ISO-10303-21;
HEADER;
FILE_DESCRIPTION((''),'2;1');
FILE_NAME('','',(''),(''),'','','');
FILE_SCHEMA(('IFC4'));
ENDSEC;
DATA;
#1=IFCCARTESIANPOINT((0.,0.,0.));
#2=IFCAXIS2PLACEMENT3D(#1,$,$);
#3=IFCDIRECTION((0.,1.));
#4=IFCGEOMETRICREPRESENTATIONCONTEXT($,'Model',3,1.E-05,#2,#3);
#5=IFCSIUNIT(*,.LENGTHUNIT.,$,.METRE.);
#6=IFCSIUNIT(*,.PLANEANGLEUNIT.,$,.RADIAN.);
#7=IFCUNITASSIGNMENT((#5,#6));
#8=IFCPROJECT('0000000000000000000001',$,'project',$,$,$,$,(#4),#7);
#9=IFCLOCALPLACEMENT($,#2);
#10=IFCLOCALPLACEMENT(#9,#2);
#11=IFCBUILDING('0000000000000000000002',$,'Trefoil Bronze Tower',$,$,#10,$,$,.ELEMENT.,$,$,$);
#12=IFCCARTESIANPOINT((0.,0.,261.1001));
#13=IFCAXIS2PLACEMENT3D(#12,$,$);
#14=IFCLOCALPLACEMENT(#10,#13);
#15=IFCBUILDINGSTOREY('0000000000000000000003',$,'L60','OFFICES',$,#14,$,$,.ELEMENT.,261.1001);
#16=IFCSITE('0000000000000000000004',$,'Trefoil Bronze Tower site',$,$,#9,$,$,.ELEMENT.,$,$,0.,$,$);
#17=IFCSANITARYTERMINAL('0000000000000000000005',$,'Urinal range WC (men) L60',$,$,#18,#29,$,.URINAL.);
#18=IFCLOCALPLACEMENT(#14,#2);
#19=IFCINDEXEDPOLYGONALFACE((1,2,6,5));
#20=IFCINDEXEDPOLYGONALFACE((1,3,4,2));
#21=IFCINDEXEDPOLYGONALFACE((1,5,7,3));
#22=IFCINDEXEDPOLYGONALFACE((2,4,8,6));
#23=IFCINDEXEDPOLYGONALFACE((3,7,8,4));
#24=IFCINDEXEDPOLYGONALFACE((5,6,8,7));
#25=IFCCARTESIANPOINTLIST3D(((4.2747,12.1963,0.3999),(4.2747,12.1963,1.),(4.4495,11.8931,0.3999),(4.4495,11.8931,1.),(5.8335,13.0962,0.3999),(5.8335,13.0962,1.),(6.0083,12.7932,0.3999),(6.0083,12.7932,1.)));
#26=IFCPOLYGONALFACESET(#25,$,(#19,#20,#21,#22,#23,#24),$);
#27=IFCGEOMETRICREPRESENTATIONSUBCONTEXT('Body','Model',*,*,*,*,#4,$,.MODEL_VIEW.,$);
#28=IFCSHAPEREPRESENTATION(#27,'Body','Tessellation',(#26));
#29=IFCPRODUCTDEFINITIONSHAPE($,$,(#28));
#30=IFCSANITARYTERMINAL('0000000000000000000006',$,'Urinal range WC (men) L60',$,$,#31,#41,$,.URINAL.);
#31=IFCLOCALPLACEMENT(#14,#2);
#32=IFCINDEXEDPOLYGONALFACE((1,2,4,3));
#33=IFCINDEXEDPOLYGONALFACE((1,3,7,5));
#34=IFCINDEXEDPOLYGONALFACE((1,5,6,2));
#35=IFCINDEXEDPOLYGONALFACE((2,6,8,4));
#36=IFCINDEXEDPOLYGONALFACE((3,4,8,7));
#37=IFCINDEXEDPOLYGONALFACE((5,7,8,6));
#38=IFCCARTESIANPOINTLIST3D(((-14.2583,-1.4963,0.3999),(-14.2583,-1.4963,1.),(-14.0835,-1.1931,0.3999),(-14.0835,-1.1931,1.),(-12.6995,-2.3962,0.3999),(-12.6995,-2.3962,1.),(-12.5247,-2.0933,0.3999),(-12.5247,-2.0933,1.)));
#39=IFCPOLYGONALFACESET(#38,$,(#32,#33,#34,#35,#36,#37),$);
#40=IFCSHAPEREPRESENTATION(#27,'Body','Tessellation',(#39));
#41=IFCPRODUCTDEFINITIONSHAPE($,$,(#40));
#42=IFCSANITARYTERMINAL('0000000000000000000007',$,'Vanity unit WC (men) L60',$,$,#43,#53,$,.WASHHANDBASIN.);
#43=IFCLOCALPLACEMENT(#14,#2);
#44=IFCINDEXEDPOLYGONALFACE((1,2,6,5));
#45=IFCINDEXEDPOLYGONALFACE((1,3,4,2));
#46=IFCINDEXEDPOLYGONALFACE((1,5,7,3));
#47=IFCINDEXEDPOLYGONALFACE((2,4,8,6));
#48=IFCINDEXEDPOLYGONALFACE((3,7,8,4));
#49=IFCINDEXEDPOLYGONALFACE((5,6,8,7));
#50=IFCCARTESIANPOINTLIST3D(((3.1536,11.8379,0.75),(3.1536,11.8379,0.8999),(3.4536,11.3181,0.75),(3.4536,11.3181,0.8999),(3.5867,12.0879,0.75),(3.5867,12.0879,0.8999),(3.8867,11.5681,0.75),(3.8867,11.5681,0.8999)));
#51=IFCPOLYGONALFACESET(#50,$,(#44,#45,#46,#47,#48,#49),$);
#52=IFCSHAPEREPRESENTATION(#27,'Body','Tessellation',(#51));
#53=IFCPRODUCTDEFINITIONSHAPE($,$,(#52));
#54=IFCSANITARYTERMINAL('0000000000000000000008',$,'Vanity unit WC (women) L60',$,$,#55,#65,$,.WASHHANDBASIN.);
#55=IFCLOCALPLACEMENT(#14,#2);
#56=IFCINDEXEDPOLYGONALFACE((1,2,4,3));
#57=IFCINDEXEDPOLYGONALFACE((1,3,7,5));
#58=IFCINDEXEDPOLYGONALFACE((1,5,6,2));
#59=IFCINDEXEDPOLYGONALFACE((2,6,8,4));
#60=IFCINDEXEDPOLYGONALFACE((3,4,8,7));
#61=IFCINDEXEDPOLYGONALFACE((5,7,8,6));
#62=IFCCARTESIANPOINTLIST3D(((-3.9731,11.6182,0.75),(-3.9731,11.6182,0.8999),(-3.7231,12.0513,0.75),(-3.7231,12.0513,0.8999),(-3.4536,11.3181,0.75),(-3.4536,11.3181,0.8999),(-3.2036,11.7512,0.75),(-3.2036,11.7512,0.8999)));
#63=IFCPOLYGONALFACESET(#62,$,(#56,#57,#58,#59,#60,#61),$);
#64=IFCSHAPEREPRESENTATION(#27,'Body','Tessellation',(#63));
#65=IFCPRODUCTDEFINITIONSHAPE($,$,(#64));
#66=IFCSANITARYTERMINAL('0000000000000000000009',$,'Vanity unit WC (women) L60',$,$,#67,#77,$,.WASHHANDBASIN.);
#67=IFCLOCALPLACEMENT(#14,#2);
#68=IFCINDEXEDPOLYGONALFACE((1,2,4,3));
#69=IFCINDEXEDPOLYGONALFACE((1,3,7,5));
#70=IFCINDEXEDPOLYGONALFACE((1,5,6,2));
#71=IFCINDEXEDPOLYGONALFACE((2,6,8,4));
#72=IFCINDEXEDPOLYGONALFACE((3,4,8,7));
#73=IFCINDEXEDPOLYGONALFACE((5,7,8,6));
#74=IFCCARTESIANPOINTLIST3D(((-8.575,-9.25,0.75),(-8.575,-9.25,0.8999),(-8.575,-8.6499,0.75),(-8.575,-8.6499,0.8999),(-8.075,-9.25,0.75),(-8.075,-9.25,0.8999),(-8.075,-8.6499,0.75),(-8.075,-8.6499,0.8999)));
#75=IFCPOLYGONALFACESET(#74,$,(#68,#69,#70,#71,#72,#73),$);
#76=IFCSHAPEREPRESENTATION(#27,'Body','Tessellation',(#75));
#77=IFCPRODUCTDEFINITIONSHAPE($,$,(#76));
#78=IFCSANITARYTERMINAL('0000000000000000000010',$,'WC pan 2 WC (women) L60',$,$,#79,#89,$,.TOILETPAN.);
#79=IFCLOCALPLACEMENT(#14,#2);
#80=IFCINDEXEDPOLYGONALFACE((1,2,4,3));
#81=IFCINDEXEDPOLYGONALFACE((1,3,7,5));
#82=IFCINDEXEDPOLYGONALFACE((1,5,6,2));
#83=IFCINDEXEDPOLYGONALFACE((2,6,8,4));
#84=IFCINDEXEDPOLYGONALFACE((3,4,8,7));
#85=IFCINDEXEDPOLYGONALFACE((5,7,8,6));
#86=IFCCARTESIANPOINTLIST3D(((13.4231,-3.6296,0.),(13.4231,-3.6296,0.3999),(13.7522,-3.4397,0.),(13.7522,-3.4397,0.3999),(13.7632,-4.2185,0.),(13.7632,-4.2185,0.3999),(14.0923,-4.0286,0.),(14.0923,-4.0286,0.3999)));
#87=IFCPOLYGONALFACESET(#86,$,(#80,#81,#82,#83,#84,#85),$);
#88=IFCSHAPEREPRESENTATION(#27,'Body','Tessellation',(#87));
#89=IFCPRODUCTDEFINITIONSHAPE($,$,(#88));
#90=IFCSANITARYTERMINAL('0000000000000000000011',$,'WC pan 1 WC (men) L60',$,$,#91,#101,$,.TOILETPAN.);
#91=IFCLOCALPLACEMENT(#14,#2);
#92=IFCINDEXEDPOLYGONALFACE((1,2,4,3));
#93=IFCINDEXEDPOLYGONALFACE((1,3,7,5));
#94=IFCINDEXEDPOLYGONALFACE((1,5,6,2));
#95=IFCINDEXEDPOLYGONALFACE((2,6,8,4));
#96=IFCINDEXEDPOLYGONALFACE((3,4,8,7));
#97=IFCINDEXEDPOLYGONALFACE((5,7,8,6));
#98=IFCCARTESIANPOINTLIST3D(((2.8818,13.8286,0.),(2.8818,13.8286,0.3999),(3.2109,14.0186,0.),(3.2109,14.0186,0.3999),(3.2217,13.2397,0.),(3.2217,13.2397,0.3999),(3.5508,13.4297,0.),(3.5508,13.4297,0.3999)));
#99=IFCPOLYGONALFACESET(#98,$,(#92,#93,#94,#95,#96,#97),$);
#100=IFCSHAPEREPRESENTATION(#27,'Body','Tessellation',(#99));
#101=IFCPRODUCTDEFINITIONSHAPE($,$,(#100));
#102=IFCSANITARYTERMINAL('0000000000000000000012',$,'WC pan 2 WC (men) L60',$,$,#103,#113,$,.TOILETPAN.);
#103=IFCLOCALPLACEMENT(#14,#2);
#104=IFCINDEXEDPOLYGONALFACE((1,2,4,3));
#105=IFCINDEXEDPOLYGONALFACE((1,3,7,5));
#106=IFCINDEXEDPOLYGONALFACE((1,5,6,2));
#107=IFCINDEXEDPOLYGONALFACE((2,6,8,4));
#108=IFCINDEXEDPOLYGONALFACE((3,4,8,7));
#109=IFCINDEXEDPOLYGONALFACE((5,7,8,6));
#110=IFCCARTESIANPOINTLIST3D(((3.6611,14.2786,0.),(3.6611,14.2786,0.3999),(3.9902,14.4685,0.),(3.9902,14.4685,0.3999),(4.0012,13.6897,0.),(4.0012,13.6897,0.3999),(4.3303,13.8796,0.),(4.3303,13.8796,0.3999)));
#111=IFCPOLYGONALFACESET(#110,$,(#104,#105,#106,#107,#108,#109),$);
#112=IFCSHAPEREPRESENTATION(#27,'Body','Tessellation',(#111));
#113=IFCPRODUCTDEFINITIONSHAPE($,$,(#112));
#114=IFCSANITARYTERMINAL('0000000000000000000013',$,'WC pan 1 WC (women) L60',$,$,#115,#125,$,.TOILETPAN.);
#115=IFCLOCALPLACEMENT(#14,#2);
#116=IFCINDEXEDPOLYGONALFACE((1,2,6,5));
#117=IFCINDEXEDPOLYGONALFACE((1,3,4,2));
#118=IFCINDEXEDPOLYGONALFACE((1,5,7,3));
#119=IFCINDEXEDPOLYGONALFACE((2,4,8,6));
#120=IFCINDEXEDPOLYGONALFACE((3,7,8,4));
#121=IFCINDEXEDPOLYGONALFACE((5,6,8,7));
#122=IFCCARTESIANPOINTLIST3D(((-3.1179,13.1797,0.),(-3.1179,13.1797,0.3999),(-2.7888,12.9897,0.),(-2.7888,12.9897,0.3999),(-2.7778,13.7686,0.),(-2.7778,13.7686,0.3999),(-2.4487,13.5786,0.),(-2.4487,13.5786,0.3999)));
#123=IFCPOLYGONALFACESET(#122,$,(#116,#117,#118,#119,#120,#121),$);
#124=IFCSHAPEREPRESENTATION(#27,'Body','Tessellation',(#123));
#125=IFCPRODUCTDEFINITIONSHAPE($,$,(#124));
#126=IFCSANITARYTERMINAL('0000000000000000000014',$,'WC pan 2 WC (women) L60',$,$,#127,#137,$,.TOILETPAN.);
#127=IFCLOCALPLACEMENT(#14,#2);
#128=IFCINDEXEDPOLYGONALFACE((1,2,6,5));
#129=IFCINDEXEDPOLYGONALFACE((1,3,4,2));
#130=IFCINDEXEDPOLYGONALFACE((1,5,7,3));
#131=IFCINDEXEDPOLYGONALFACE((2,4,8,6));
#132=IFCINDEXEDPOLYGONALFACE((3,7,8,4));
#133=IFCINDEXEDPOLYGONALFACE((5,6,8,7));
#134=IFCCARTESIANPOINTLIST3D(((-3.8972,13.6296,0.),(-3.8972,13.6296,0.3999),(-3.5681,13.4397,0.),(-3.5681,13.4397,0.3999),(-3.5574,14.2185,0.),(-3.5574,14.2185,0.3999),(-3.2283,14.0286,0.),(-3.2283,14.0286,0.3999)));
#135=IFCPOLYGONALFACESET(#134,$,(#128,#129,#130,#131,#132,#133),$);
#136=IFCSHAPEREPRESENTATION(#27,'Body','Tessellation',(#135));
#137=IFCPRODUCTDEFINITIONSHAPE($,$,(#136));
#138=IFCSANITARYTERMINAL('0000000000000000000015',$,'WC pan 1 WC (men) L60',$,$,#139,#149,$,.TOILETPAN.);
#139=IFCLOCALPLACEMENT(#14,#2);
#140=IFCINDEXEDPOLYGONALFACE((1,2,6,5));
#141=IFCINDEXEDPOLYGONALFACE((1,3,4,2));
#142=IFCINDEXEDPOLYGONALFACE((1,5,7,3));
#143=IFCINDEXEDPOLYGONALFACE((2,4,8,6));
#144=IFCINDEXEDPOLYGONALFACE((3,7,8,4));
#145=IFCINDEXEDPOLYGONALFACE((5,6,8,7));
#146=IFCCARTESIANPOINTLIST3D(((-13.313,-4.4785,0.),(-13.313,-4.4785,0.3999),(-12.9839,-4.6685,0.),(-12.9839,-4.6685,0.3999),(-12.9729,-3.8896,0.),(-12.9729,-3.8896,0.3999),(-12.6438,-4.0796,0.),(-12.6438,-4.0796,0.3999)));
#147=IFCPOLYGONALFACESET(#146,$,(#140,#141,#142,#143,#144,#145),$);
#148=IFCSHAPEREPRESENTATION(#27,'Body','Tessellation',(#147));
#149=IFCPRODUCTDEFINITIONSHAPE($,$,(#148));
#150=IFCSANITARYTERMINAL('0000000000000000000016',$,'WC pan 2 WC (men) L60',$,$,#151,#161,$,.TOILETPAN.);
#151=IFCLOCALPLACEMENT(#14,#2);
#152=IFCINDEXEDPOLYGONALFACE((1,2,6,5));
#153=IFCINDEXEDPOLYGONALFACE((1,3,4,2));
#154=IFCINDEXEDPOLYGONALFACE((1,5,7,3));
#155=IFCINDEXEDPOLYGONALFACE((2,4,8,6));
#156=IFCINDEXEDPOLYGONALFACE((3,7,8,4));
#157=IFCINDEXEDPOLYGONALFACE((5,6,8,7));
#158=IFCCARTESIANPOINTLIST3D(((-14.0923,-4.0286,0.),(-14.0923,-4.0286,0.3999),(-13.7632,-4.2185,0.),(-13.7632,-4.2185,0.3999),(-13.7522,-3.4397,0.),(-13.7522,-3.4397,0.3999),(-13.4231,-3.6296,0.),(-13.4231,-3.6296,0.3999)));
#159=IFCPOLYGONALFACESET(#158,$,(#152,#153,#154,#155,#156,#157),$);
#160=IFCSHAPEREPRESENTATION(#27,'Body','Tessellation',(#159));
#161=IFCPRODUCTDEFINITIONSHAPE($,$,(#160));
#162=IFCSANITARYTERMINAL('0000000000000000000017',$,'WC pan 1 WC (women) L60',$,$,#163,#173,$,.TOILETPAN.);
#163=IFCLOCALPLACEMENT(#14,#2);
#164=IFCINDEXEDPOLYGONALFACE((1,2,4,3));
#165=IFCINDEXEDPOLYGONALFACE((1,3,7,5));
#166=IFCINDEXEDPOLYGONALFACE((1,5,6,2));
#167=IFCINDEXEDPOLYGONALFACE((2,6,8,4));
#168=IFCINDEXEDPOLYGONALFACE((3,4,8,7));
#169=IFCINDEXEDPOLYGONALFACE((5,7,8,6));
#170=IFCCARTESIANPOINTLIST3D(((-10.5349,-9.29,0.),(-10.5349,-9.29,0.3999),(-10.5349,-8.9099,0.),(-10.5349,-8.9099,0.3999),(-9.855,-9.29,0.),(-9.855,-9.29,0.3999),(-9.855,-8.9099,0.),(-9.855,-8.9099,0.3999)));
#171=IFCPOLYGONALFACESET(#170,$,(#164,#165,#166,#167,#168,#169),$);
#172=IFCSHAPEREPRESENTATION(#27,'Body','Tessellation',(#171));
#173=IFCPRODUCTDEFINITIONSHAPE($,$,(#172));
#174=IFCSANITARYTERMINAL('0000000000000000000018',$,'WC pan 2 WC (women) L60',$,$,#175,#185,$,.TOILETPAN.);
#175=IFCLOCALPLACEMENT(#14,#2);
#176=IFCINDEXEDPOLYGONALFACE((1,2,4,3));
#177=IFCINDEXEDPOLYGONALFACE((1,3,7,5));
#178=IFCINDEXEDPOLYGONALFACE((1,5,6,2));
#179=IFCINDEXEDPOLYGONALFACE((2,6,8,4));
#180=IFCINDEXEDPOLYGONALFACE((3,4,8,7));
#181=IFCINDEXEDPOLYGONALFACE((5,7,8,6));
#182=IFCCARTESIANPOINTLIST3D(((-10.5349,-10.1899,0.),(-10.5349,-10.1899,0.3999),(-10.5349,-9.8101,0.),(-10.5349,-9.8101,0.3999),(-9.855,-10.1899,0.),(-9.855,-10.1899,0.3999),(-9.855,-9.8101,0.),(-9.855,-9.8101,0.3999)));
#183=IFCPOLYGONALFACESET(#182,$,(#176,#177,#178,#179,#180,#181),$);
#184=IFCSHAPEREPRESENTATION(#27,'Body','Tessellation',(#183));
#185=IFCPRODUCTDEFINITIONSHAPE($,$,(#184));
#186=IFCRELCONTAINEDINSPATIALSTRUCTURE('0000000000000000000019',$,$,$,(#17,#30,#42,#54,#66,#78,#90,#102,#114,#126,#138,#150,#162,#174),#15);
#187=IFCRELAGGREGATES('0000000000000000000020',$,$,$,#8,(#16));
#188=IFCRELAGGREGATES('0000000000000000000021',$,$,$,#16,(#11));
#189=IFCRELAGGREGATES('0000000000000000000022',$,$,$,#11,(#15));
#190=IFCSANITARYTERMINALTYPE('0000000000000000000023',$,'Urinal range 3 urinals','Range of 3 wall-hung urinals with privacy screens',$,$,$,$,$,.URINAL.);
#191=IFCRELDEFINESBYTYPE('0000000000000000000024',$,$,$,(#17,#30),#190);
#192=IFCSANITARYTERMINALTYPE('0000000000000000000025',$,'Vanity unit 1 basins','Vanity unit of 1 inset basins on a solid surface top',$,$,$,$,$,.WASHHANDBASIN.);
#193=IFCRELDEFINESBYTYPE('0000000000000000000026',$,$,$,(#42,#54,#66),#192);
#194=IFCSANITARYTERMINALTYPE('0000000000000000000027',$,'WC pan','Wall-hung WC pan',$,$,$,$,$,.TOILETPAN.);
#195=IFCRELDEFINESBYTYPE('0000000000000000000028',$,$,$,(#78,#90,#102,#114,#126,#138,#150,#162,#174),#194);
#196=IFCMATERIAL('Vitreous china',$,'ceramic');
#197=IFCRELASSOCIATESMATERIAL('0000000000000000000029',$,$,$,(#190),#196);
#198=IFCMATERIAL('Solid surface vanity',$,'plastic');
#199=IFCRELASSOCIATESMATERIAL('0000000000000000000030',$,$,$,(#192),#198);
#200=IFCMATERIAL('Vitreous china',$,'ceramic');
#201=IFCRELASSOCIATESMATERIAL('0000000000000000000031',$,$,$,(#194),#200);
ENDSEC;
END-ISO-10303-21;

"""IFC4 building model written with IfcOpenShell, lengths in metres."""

from ifc_helpers import new_model, si_unit, direction, frame, origin, place, context, subcontext, project, spatial, polyline, outline, extrude, material, type_object, element, save


model = new_model("IFC4")

# Units and contexts
model_context = context("Model", 3, precision=1e-05, world=origin(), true_north=direction((0.0, 1.0)))
body_context = subcontext(model_context, "Body", "Model", "MODEL_VIEW")
ifc_project = project(units=[si_unit("LENGTHUNIT", "METRE"), si_unit("PLANEANGLEUNIT", "RADIAN")], contexts=[model_context])

# Site, building, storey
site_placement = place(None, origin())
site = spatial("IfcSite", under=ifc_project, at=site_placement, Name="Trefoil Bronze Tower site", CompositionType="ELEMENT", RefElevation=0.0)
building_placement = place(site_placement, origin())
building = spatial("IfcBuilding", under=site, at=building_placement, Name="Trefoil Bronze Tower", CompositionType="ELEMENT")
storey_placement = place(building_placement, frame((0.0, 0.0, 261.1001)))
storey = spatial("IfcBuildingStorey", under=building, at=storey_placement, Name="L60", Description="OFFICES", CompositionType="ELEMENT", Elevation=261.1001)

# Sanitary terminals
ifc_material_1 = material(Name="Vitreous china", Category="ceramic")
sanitary_terminal_type_1 = type_object("IfcSanitaryTerminalType", Name="Urinal range 3 urinals", Description="Range of 3 wall-hung urinals with privacy screens", PredefinedType="URINAL", material=ifc_material_1)
sanitary_terminal_1_placement = place(storey_placement, frame((0.0, 0.0, 0.3999)))
element("IfcSanitaryTerminal", 1, at=sanitary_terminal_1_placement, inside=storey, type_object=sanitary_terminal_type_1, Name="Urinal range WC (men) L60", PredefinedType="URINAL", context=body_context, shape_type="SweptSolid", body=[
    extrude(outline(polyline([(4.4495, 11.8931), (4.2747, 12.1963), (5.8335, 13.0962), (6.0083, 12.7932), (4.4495, 11.8931)])), origin(), (0.0, 0.0, 1.0), 0.6001),
])
sanitary_terminal_2_placement = place(storey_placement, frame((0.0, 0.0, 0.3999)))
element("IfcSanitaryTerminal", 2, at=sanitary_terminal_2_placement, inside=storey, type_object=sanitary_terminal_type_1, Name="Urinal range WC (men) L60", PredefinedType="URINAL", context=body_context, shape_type="SweptSolid", body=[
    extrude(outline(polyline([(-12.5247, -2.0933), (-12.6995, -2.3962), (-14.2583, -1.4963), (-14.0835, -1.1931), (-12.5247, -2.0933)])), origin(), (0.0, 0.0, 1.0), 0.6001),
])
ifc_material_2 = material(Name="Solid surface vanity", Category="plastic")
sanitary_terminal_type_2 = type_object("IfcSanitaryTerminalType", Name="Vanity unit 1 basins", Description="Vanity unit of 1 inset basins on a solid surface top", PredefinedType="WASHHANDBASIN", material=ifc_material_2)
sanitary_terminal_3_placement = place(storey_placement, frame((0.0, 0.0, 0.75)))
element("IfcSanitaryTerminal", 3, at=sanitary_terminal_3_placement, inside=storey, type_object=sanitary_terminal_type_2, Name="Vanity unit WC (men) L60", PredefinedType="WASHHANDBASIN", context=body_context, shape_type="SweptSolid", body=[
    extrude(outline(polyline([(3.4536, 11.3181), (3.1536, 11.8379), (3.5867, 12.0879), (3.8867, 11.5681), (3.4536, 11.3181)])), origin(), (0.0, 0.0, 1.0), 0.1499),
])
sanitary_terminal_4_placement = place(storey_placement, frame((0.0, 0.0, 0.75)))
element("IfcSanitaryTerminal", 4, at=sanitary_terminal_4_placement, inside=storey, type_object=sanitary_terminal_type_2, Name="Vanity unit WC (women) L60", PredefinedType="WASHHANDBASIN", context=body_context, shape_type="SweptSolid", body=[
    extrude(outline(polyline([(-3.4536, 11.3181), (-3.2036, 11.7512), (-3.7231, 12.0513), (-3.9731, 11.6182), (-3.4536, 11.3181)])), origin(), (0.0, 0.0, 1.0), 0.1499),
])
sanitary_terminal_5_placement = place(storey_placement, frame((0.0, 0.0, 0.75)))
element("IfcSanitaryTerminal", 5, at=sanitary_terminal_5_placement, inside=storey, type_object=sanitary_terminal_type_2, Name="Vanity unit WC (women) L60", PredefinedType="WASHHANDBASIN", context=body_context, shape_type="SweptSolid", body=[
    extrude(outline(polyline([(-8.075, -8.6499), (-8.575, -8.6499), (-8.575, -9.25), (-8.075, -9.25), (-8.075, -8.6499)])), origin(), (0.0, 0.0, 1.0), 0.1499),
])
ifc_material_3 = material(Name="Vitreous china", Category="ceramic")
sanitary_terminal_type_3 = type_object("IfcSanitaryTerminalType", Name="WC pan", Description="Wall-hung WC pan", PredefinedType="TOILETPAN", material=ifc_material_3)
sanitary_terminal_6_placement = place(storey_placement, origin())
element("IfcSanitaryTerminal", 6, at=sanitary_terminal_6_placement, inside=storey, type_object=sanitary_terminal_type_3, Name="WC pan 2 WC (women) L60", PredefinedType="TOILETPAN", context=body_context, shape_type="SweptSolid", body=[
    extrude(outline(polyline([(13.4231, -3.6296), (13.7632, -4.2185), (14.0923, -4.0286), (13.7522, -3.4397), (13.4231, -3.6296)])), origin(), (0.0, 0.0, 1.0), 0.3999),
])
sanitary_terminal_7_placement = place(storey_placement, origin())
element("IfcSanitaryTerminal", 7, at=sanitary_terminal_7_placement, inside=storey, type_object=sanitary_terminal_type_3, Name="WC pan 1 WC (men) L60", PredefinedType="TOILETPAN", context=body_context, shape_type="SweptSolid", body=[
    extrude(outline(polyline([(3.2217, 13.2397), (2.8818, 13.8286), (3.2109, 14.0186), (3.5508, 13.4297), (3.2217, 13.2397)])), origin(), (0.0, 0.0, 1.0), 0.3999),
])
sanitary_terminal_8_placement = place(storey_placement, origin())
element("IfcSanitaryTerminal", 8, at=sanitary_terminal_8_placement, inside=storey, type_object=sanitary_terminal_type_3, Name="WC pan 2 WC (men) L60", PredefinedType="TOILETPAN", context=body_context, shape_type="SweptSolid", body=[
    extrude(outline(polyline([(4.0012, 13.6897), (3.6611, 14.2786), (3.9902, 14.4685), (4.3303, 13.8796), (4.0012, 13.6897)])), origin(), (0.0, 0.0, 1.0), 0.3999),
])
sanitary_terminal_9_placement = place(storey_placement, origin())
element("IfcSanitaryTerminal", 9, at=sanitary_terminal_9_placement, inside=storey, type_object=sanitary_terminal_type_3, Name="WC pan 1 WC (women) L60", PredefinedType="TOILETPAN", context=body_context, shape_type="SweptSolid", body=[
    extrude(outline(polyline([(-2.7888, 12.9897), (-2.4487, 13.5786), (-2.7778, 13.7686), (-3.1179, 13.1797), (-2.7888, 12.9897)])), origin(), (0.0, 0.0, 1.0), 0.3999),
])
sanitary_terminal_10_placement = place(storey_placement, origin())
element("IfcSanitaryTerminal", 10, at=sanitary_terminal_10_placement, inside=storey, type_object=sanitary_terminal_type_3, Name="WC pan 2 WC (women) L60", PredefinedType="TOILETPAN", context=body_context, shape_type="SweptSolid", body=[
    extrude(outline(polyline([(-3.5681, 13.4397), (-3.2283, 14.0286), (-3.5574, 14.2185), (-3.8972, 13.6296), (-3.5681, 13.4397)])), origin(), (0.0, 0.0, 1.0), 0.3999),
])
sanitary_terminal_11_placement = place(storey_placement, origin())
element("IfcSanitaryTerminal", 11, at=sanitary_terminal_11_placement, inside=storey, type_object=sanitary_terminal_type_3, Name="WC pan 1 WC (men) L60", PredefinedType="TOILETPAN", context=body_context, shape_type="SweptSolid", body=[
    extrude(outline(polyline([(-12.6438, -4.0796), (-12.9839, -4.6685), (-13.313, -4.4785), (-12.9729, -3.8896), (-12.6438, -4.0796)])), origin(), (0.0, 0.0, 1.0), 0.3999),
])
sanitary_terminal_12_placement = place(storey_placement, origin())
element("IfcSanitaryTerminal", 12, at=sanitary_terminal_12_placement, inside=storey, type_object=sanitary_terminal_type_3, Name="WC pan 2 WC (men) L60", PredefinedType="TOILETPAN", context=body_context, shape_type="SweptSolid", body=[
    extrude(outline(polyline([(-13.4231, -3.6296), (-13.7632, -4.2185), (-14.0923, -4.0286), (-13.7522, -3.4397), (-13.4231, -3.6296)])), origin(), (0.0, 0.0, 1.0), 0.3999),
])
sanitary_terminal_13_placement = place(storey_placement, origin())
element("IfcSanitaryTerminal", 13, at=sanitary_terminal_13_placement, inside=storey, type_object=sanitary_terminal_type_3, Name="WC pan 1 WC (women) L60", PredefinedType="TOILETPAN", context=body_context, shape_type="SweptSolid", body=[
    extrude(outline(polyline([(-9.855, -8.9099), (-10.5349, -8.9099), (-10.5349, -9.29), (-9.855, -9.29), (-9.855, -8.9099)])), origin(), (0.0, 0.0, 1.0), 0.3999),
])
sanitary_terminal_14_placement = place(storey_placement, origin())
element("IfcSanitaryTerminal", 14, at=sanitary_terminal_14_placement, inside=storey, type_object=sanitary_terminal_type_3, Name="WC pan 2 WC (women) L60", PredefinedType="TOILETPAN", context=body_context, shape_type="SweptSolid", body=[
    extrude(outline(polyline([(-9.855, -9.8101), (-10.5349, -9.8101), (-10.5349, -10.1899), (-9.855, -10.1899), (-9.855, -9.8101)])), origin(), (0.0, 0.0, 1.0), 0.3999),
])

save(model, "model.ifc")
